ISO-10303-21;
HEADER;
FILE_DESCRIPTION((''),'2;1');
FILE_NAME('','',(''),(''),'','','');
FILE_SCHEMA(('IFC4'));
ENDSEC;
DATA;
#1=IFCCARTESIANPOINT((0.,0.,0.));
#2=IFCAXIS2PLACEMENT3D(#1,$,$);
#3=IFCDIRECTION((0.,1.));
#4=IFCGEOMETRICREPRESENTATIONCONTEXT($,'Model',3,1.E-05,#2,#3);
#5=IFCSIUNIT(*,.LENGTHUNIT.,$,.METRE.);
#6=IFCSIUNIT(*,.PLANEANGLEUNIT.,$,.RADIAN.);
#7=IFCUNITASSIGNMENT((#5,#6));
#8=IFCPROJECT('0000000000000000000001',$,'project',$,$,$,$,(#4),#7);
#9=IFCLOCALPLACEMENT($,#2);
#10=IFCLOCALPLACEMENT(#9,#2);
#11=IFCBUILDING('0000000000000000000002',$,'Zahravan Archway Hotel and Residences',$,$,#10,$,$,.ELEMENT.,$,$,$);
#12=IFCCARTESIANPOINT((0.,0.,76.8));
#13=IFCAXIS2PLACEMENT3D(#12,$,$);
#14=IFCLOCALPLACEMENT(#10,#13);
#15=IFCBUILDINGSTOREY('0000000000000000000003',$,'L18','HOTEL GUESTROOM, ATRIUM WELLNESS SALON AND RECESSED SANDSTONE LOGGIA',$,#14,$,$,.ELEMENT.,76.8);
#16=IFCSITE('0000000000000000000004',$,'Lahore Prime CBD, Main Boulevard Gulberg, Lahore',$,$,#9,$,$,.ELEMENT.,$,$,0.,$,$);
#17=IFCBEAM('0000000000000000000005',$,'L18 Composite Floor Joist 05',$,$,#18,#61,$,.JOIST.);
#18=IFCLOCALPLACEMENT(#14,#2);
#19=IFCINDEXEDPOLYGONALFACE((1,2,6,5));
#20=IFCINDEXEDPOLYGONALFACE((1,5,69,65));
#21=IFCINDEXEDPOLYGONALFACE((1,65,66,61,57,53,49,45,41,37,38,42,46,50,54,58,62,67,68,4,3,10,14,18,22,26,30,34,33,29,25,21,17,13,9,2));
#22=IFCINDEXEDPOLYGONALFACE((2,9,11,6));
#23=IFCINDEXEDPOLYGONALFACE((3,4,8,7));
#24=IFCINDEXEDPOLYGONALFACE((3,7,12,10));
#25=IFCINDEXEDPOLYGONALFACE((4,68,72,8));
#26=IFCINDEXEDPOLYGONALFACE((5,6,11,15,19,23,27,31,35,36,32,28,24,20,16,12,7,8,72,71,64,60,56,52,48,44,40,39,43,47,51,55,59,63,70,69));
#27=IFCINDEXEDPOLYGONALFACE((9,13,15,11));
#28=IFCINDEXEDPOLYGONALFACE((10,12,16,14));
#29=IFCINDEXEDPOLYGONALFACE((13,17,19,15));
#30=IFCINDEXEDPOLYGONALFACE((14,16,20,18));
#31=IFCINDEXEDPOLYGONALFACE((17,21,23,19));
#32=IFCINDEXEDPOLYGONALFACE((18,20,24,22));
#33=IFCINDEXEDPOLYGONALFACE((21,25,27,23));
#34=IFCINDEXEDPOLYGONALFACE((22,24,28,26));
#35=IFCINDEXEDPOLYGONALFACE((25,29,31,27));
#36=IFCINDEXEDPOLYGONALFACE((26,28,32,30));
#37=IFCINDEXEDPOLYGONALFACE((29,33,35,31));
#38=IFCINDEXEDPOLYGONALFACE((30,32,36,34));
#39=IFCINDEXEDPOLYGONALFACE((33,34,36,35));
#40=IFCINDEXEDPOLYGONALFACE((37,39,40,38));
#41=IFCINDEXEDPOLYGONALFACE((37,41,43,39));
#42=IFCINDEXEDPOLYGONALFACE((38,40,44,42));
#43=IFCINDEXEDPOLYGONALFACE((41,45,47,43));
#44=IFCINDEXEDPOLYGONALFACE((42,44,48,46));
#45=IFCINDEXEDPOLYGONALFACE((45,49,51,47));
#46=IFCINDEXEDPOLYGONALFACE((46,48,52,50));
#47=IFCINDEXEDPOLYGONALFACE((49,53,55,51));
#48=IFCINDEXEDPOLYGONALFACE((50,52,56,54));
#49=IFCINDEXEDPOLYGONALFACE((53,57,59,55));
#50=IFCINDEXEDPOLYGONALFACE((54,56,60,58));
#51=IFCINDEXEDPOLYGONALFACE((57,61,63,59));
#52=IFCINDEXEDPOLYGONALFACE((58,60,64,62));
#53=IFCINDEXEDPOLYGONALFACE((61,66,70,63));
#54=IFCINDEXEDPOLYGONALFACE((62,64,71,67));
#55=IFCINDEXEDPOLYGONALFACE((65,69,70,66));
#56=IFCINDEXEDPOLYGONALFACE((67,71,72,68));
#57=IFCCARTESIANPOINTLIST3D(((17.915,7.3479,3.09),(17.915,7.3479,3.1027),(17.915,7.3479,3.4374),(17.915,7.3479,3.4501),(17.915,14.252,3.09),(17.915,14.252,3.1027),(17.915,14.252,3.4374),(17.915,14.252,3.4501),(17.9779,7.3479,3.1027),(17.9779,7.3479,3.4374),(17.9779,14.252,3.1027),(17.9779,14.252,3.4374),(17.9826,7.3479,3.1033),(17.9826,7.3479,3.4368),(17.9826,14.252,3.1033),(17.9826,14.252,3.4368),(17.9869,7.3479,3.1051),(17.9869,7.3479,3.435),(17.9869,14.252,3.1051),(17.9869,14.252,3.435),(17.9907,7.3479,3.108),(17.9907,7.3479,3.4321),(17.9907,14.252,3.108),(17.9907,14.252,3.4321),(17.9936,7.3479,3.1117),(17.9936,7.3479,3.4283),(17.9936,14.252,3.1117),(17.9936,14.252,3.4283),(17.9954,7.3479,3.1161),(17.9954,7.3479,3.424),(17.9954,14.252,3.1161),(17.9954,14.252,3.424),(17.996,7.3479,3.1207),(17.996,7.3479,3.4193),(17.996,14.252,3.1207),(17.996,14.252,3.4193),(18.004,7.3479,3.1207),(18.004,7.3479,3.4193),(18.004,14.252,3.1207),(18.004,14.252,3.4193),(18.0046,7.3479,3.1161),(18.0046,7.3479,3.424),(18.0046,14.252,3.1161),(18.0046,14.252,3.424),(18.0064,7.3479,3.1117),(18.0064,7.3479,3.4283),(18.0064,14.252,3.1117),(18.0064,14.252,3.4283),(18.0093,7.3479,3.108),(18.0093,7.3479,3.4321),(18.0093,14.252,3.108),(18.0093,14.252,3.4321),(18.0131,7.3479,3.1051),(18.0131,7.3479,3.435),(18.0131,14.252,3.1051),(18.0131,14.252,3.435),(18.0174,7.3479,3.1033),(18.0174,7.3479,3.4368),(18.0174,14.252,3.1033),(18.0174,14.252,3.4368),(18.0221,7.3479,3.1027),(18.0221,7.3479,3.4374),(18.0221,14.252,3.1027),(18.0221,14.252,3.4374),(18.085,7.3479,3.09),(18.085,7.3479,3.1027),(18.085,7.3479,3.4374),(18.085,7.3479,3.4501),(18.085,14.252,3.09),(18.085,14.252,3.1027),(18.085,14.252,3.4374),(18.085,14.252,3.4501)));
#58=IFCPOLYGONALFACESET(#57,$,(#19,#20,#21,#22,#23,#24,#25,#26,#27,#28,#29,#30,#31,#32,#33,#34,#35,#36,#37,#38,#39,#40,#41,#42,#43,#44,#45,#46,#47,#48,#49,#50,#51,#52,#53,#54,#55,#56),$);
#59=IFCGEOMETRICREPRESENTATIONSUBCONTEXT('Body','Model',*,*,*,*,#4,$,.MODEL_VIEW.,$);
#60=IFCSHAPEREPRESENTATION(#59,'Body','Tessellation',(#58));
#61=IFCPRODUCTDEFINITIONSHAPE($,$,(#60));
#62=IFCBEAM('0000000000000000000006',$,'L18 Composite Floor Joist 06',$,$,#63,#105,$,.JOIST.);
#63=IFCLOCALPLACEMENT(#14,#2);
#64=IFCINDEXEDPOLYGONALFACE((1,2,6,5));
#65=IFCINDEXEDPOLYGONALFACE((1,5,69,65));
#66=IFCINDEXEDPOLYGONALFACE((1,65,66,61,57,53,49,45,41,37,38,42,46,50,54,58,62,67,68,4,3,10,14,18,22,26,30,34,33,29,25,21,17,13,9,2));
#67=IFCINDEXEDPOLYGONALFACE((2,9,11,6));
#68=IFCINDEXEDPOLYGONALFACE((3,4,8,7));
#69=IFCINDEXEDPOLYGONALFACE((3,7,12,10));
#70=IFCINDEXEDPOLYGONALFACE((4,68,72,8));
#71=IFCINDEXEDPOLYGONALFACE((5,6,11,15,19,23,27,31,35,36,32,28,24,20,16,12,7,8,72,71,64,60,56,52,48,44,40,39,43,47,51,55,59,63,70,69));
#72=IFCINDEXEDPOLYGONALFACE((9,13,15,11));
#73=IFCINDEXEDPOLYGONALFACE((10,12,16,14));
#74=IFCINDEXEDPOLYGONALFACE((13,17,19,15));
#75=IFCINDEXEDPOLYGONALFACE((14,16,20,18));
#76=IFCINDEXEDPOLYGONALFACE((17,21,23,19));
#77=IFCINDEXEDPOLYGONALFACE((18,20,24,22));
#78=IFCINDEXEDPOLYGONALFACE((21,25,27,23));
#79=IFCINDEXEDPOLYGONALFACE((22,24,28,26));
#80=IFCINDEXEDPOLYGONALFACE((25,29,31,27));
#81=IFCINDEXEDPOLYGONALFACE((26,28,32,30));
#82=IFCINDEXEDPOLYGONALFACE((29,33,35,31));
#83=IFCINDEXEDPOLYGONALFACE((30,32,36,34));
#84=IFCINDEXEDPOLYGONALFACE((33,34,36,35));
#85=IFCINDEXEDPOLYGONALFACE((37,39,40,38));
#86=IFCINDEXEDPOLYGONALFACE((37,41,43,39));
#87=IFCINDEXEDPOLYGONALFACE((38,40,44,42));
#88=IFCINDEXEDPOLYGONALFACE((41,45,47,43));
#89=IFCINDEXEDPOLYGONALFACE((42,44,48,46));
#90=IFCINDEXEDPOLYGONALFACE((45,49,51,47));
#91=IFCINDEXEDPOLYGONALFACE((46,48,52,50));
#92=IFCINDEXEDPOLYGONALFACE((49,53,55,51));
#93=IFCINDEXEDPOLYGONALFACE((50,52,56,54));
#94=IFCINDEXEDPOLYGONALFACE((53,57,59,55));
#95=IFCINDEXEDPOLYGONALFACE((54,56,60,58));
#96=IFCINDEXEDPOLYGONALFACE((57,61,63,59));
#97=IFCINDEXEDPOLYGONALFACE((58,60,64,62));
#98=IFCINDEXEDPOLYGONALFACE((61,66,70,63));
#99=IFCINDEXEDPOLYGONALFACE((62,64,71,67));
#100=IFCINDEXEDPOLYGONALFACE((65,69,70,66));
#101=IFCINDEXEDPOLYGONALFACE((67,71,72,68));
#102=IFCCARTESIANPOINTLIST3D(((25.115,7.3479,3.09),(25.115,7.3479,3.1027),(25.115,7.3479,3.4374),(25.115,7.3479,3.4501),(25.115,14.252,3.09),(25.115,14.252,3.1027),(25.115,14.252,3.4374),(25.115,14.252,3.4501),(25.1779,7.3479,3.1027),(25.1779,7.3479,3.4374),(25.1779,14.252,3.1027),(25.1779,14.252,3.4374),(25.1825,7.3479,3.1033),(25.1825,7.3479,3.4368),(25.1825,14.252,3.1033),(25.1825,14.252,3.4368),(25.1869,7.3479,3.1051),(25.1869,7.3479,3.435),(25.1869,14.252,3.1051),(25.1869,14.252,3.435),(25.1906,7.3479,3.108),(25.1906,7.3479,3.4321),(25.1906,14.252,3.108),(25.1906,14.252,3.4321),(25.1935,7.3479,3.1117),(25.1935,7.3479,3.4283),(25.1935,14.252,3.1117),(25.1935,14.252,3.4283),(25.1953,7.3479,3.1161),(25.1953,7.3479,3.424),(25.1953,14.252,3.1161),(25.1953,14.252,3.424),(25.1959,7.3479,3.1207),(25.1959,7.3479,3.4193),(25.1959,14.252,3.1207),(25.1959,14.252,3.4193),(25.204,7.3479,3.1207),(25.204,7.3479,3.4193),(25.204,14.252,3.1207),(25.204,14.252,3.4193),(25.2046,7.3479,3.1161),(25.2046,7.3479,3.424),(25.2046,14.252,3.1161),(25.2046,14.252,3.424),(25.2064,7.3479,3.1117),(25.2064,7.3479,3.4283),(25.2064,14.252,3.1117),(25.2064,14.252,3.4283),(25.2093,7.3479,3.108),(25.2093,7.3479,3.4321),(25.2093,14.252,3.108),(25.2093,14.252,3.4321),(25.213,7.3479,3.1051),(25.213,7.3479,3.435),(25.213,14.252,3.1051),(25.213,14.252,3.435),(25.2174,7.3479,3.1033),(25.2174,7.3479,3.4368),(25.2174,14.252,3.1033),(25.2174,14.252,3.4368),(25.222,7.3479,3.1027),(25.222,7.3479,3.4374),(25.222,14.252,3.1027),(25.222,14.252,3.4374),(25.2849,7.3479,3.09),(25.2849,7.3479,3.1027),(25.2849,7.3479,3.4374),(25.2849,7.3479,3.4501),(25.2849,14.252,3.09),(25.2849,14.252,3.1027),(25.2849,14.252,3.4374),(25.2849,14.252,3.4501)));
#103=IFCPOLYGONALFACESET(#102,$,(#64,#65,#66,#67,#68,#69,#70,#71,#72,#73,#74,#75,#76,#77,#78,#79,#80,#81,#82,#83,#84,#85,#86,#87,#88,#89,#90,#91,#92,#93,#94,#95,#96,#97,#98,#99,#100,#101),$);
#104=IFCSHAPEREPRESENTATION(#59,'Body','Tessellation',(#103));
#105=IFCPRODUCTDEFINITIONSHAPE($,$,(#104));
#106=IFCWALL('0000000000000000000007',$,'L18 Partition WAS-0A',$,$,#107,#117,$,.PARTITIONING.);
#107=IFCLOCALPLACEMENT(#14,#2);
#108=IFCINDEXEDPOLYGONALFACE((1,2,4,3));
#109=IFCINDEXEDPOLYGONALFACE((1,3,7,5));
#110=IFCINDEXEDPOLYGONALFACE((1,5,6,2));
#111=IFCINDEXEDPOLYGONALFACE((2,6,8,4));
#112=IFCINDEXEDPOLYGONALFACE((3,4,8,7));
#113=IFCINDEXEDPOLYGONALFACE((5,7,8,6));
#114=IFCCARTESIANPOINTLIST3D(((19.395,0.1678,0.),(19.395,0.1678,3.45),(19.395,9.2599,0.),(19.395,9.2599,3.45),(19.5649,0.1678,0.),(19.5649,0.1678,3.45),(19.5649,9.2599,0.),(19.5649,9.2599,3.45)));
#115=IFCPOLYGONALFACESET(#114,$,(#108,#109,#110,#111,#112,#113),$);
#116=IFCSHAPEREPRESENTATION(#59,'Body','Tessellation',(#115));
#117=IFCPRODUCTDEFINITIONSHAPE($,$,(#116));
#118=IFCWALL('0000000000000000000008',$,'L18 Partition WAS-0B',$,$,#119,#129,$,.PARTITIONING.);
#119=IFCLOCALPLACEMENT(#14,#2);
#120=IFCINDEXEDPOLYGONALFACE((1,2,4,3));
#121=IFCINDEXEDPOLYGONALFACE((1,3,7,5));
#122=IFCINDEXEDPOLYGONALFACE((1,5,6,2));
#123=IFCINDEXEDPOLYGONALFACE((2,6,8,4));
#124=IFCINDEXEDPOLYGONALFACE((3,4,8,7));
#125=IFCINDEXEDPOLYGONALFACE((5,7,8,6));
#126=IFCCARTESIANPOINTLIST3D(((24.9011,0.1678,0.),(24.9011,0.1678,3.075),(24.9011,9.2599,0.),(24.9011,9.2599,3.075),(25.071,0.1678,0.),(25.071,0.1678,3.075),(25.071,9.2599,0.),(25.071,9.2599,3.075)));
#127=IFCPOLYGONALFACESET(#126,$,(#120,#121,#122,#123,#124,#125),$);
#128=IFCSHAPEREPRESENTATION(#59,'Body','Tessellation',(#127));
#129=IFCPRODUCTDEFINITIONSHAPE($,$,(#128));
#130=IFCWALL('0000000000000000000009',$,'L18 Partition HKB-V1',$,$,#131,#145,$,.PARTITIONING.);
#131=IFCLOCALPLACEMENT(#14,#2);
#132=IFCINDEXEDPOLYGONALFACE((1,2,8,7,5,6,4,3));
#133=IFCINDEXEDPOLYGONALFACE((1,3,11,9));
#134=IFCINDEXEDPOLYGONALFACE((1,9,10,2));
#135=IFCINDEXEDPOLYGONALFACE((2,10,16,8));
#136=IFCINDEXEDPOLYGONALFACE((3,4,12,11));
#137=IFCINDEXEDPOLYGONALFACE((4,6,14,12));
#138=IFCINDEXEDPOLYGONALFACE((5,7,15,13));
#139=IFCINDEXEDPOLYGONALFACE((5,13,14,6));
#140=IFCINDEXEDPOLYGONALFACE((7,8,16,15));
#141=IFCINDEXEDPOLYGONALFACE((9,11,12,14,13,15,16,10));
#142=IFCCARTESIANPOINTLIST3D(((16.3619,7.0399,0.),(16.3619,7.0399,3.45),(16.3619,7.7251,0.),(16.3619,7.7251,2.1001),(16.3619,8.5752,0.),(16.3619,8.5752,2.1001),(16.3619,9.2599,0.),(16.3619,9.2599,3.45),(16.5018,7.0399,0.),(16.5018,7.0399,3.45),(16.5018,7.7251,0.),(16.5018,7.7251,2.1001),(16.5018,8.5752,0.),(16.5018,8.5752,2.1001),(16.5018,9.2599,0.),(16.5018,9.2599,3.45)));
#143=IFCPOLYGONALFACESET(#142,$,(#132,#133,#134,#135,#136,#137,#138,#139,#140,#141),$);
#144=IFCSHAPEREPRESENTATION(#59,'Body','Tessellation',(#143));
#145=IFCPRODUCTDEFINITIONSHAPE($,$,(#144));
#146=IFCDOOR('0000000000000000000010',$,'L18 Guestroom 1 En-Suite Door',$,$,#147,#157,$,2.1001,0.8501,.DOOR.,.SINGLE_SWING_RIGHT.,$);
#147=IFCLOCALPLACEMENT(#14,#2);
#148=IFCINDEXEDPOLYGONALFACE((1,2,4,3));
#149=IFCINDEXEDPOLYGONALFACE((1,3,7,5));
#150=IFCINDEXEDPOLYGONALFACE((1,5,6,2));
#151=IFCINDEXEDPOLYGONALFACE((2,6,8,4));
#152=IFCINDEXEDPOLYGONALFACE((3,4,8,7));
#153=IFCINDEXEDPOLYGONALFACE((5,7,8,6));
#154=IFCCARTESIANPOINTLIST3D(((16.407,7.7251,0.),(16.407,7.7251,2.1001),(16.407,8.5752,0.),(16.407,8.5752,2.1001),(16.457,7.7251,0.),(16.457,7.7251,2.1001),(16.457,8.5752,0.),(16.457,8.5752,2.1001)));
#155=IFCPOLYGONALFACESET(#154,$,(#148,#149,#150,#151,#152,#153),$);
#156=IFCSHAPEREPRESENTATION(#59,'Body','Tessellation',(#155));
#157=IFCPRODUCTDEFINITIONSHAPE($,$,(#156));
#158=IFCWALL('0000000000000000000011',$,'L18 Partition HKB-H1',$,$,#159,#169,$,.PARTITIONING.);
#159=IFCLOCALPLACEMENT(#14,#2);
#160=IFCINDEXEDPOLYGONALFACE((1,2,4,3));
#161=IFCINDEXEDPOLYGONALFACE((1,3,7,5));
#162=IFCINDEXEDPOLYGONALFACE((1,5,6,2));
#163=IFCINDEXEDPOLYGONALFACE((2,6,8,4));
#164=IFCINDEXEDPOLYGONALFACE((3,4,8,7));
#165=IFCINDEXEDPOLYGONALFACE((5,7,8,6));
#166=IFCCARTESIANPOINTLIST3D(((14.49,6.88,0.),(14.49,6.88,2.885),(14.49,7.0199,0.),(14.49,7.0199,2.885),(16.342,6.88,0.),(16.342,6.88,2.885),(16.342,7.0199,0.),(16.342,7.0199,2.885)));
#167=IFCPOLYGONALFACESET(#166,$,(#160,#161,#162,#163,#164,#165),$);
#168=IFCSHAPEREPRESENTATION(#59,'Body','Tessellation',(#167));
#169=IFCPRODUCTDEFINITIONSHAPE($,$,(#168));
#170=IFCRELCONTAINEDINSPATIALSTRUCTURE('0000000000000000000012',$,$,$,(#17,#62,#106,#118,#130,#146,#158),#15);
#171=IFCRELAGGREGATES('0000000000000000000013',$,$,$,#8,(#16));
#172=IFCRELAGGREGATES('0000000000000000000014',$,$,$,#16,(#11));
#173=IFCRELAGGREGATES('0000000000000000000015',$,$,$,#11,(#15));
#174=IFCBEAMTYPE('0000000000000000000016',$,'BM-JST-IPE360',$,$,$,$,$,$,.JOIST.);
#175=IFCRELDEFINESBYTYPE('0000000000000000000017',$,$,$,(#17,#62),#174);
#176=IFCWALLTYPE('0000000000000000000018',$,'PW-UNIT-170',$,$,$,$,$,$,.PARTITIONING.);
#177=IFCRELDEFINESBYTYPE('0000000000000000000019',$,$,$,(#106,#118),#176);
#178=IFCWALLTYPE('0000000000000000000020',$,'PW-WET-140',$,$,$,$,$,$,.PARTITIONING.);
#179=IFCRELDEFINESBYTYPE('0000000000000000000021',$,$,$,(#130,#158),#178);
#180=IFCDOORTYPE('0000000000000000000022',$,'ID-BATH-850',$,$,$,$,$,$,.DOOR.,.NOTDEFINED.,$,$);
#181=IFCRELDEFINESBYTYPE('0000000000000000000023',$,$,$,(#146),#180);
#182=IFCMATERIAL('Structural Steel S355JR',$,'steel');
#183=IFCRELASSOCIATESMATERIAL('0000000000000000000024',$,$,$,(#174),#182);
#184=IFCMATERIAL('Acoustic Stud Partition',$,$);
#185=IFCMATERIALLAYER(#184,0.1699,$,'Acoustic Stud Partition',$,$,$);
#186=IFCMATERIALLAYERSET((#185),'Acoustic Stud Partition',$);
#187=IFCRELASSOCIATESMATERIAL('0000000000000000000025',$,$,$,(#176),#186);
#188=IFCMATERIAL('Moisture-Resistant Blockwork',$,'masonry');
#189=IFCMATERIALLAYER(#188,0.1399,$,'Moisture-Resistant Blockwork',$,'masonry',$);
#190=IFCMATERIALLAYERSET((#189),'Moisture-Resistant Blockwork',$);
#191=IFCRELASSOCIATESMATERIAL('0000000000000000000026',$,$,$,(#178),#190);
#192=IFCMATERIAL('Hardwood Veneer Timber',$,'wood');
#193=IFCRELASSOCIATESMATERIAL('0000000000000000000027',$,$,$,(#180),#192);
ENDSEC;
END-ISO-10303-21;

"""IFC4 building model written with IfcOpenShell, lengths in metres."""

from ifc_helpers import new_model, si_unit, direction, frame, frame_2d, origin, origin_2d, place, context, subcontext, project, spatial, rectangle, i_section, extrude, source, transform, mapped, material, layer, layer_set, material_profile, profile_set, type_object, type_shapes, element, fill, save


model = new_model("IFC4")

# Units and contexts
model_context = context("Model", 3, precision=1e-05, world=origin(), true_north=direction((0.0, 1.0)))
body_context = subcontext(model_context, "Body", "Model", "MODEL_VIEW")
ifc_project = project(units=[si_unit("LENGTHUNIT", "METRE"), si_unit("PLANEANGLEUNIT", "RADIAN")], contexts=[model_context])

# Site, building, storey
site_placement = place(None, origin())
site = spatial("IfcSite", under=ifc_project, at=site_placement, Name="Lahore Prime CBD, Main Boulevard Gulberg, Lahore", CompositionType="ELEMENT", RefElevation=0.0)
building_placement = place(site_placement, origin())
building = spatial("IfcBuilding", under=site, at=building_placement, Name="Zahravan Archway Hotel and Residences", CompositionType="ELEMENT")
storey_placement = place(building_placement, frame((0.0, 0.0, 76.8)))
storey = spatial("IfcBuildingStorey", under=building, at=storey_placement, Name="L18", Description="HOTEL GUESTROOM, ATRIUM WELLNESS SALON AND RECESSED SANDSTONE LOGGIA", CompositionType="ELEMENT", Elevation=76.8)

# Beams
ifc_material_1 = material(Name="Structural Steel S355JR", Category="steel")
ifc_material_profile_1 = material_profile(ifc_material_1, i_section(OverallWidth=0.1699, OverallDepth=0.3601, WebThickness=0.0081, FlangeThickness=0.0127, FilletRadius=0.0181, at=origin_2d()), Name="IPE 360", Category="steel")
ifc_profile_set_1 = profile_set([ifc_material_profile_1], Name="Structural Steel S355JR")
beam_type_1 = type_object("IfcBeamType", Name="BM-JST-IPE360", PredefinedType="JOIST", material=ifc_profile_set_1)
shared_shape_1 = source(origin(), body_context, "Body", "SweptSolid", [
    extrude(i_section(OverallWidth=0.1699, OverallDepth=0.3601, WebThickness=0.0081, FlangeThickness=0.0127, FilletRadius=0.0181, at=origin_2d()), origin(), (0.0, 0.0, 1.0), 6.9041),
])
type_shapes(beam_type_1, [shared_shape_1])
for number, where, z_axis, x_axis, name in (
    (1, (18.0, 7.3479, 3.27), (0.0, 1.0, 0.0), (-1.0, 0.0, 0.0), "L18 Composite Floor Joist 05"),
    (2, (25.2, 7.3479, 3.27), (0.0, 1.0, 0.0), (-1.0, 0.0, 0.0), "L18 Composite Floor Joist 06"),
):
    element("IfcBeam", number, at=place(storey_placement, frame(where, z_axis=z_axis, x_axis=x_axis)), inside=storey, type_object=beam_type_1, Name=name, PredefinedType="JOIST", context=body_context, shape_type="MappedRepresentation", body=[
        mapped(shared_shape_1, transform((0.0, 0.0, 0.0), scale=1.0)),
    ])

# Walls
ifc_material_2 = material(Name="Acoustic Stud Partition")
ifc_layer_1 = layer(ifc_material_2, 0.1699, Name="Acoustic Stud Partition")
ifc_layer_set_1 = layer_set([ifc_layer_1], Name="Acoustic Stud Partition")
wall_type_1 = type_object("IfcWallType", Name="PW-UNIT-170", PredefinedType="PARTITIONING", material=ifc_layer_set_1)
wall_1_placement = place(storey_placement, frame((19.48, 0.168, 0.0), z_axis=(0.0, 0.0, 1.0), x_axis=(0.0, 1.0, 0.0)))
element("IfcWall", 3, at=wall_1_placement, inside=storey, type_object=wall_type_1, Name="L18 Partition WAS-0A", PredefinedType="PARTITIONING", context=body_context, shape_type="SweptSolid", body=[
    extrude(rectangle(XDim=9.092, YDim=0.1699, at=frame_2d((4.5459, 0.0))), origin(), (0.0, 0.0, 1.0), 3.45),
])
wall_2_placement = place(storey_placement, frame((24.9861, 0.168, 0.0), z_axis=(0.0, 0.0, 1.0), x_axis=(0.0, 1.0, 0.0)))
element("IfcWall", 4, at=wall_2_placement, inside=storey, type_object=wall_type_1, Name="L18 Partition WAS-0B", PredefinedType="PARTITIONING", context=body_context, shape_type="SweptSolid", body=[
    extrude(rectangle(XDim=9.092, YDim=0.1699, at=frame_2d((4.5459, 0.0))), origin(), (0.0, 0.0, 1.0), 3.075),
])

# Wall, opening, door
ifc_material_3 = material(Name="Moisture-Resistant Blockwork", Category="masonry")
ifc_layer_2 = layer(ifc_material_3, 0.1399, Name="Moisture-Resistant Blockwork", Category="masonry")
ifc_layer_set_2 = layer_set([ifc_layer_2], Name="Moisture-Resistant Blockwork")
wall_type_2 = type_object("IfcWallType", Name="PW-WET-140", PredefinedType="PARTITIONING", material=ifc_layer_set_2)
wall_3_placement = place(storey_placement, frame((16.4319, 7.04, 0.0), z_axis=(0.0, 0.0, 1.0), x_axis=(0.0, 1.0, 0.0)))
wall_3 = element("IfcWall", 5, at=wall_3_placement, inside=storey, type_object=wall_type_2, Name="L18 Partition HKB-V1", PredefinedType="PARTITIONING", context=body_context, shape_type="SweptSolid", body=[
    extrude(rectangle(XDim=2.22, YDim=0.1399, at=frame_2d((1.1099, 0.0))), origin(), (0.0, 0.0, 1.0), 3.45),
])
opening_placement = place(wall_3_placement, frame((0.6851, 0.0, 0.0)))
opening = element("IfcOpeningElement", 6, at=opening_placement, cuts=wall_3, PredefinedType="OPENING", context=body_context, shape_type="SweptSolid", body=[
    extrude(rectangle(XDim=0.8501, YDim=2.1001, at=frame_2d((0.425, 1.05))), frame((0.0, 0.0801, 0.0), z_axis=(0.0, -1.0, 0.0), x_axis=(1.0, 0.0, 0.0)), (0.0, 0.0, 1.0), 0.1599),
])
ifc_material_4 = material(Name="Hardwood Veneer Timber", Category="wood")
door_type = type_object("IfcDoorType", Name="ID-BATH-850", OperationType="NOTDEFINED", PredefinedType="DOOR", material=ifc_material_4)
shared_shape_2 = source(origin(), body_context, "Body", "SweptSolid", [
    extrude(rectangle(XDim=0.8501, YDim=2.1001, at=frame_2d((0.425, 1.05))), frame((0.0, 0.0249, 0.0), z_axis=(0.0, -1.0, 0.0), x_axis=(1.0, 0.0, 0.0)), (0.0, 0.0, 1.0), 0.05),
])
type_shapes(door_type, [shared_shape_2])
door_placement = place(opening_placement, origin())
door = element("IfcDoor", 7, at=door_placement, inside=storey, type_object=door_type, Name="L18 Guestroom 1 En-Suite Door", OperationType="SINGLE_SWING_RIGHT", OverallHeight=2.1001, OverallWidth=0.8501, PredefinedType="DOOR", context=body_context, shape_type="MappedRepresentation", body=[
    mapped(shared_shape_2, transform((0.0, 0.0, 0.0), scale=1.0)),
])
fill(opening, door)

# Wall
wall_4_placement = place(storey_placement, frame((14.49, 6.95, 0.0), z_axis=(0.0, 0.0, 1.0), x_axis=(1.0, 0.0, 0.0)))
element("IfcWall", 8, at=wall_4_placement, inside=storey, type_object=wall_type_2, Name="L18 Partition HKB-H1", PredefinedType="PARTITIONING", context=body_context, shape_type="SweptSolid", body=[
    extrude(rectangle(XDim=1.8521, YDim=0.1399, at=frame_2d((0.926, 0.0))), origin(), (0.0, 0.0, 1.0), 2.885),
])

save(model, "model.ifc")
